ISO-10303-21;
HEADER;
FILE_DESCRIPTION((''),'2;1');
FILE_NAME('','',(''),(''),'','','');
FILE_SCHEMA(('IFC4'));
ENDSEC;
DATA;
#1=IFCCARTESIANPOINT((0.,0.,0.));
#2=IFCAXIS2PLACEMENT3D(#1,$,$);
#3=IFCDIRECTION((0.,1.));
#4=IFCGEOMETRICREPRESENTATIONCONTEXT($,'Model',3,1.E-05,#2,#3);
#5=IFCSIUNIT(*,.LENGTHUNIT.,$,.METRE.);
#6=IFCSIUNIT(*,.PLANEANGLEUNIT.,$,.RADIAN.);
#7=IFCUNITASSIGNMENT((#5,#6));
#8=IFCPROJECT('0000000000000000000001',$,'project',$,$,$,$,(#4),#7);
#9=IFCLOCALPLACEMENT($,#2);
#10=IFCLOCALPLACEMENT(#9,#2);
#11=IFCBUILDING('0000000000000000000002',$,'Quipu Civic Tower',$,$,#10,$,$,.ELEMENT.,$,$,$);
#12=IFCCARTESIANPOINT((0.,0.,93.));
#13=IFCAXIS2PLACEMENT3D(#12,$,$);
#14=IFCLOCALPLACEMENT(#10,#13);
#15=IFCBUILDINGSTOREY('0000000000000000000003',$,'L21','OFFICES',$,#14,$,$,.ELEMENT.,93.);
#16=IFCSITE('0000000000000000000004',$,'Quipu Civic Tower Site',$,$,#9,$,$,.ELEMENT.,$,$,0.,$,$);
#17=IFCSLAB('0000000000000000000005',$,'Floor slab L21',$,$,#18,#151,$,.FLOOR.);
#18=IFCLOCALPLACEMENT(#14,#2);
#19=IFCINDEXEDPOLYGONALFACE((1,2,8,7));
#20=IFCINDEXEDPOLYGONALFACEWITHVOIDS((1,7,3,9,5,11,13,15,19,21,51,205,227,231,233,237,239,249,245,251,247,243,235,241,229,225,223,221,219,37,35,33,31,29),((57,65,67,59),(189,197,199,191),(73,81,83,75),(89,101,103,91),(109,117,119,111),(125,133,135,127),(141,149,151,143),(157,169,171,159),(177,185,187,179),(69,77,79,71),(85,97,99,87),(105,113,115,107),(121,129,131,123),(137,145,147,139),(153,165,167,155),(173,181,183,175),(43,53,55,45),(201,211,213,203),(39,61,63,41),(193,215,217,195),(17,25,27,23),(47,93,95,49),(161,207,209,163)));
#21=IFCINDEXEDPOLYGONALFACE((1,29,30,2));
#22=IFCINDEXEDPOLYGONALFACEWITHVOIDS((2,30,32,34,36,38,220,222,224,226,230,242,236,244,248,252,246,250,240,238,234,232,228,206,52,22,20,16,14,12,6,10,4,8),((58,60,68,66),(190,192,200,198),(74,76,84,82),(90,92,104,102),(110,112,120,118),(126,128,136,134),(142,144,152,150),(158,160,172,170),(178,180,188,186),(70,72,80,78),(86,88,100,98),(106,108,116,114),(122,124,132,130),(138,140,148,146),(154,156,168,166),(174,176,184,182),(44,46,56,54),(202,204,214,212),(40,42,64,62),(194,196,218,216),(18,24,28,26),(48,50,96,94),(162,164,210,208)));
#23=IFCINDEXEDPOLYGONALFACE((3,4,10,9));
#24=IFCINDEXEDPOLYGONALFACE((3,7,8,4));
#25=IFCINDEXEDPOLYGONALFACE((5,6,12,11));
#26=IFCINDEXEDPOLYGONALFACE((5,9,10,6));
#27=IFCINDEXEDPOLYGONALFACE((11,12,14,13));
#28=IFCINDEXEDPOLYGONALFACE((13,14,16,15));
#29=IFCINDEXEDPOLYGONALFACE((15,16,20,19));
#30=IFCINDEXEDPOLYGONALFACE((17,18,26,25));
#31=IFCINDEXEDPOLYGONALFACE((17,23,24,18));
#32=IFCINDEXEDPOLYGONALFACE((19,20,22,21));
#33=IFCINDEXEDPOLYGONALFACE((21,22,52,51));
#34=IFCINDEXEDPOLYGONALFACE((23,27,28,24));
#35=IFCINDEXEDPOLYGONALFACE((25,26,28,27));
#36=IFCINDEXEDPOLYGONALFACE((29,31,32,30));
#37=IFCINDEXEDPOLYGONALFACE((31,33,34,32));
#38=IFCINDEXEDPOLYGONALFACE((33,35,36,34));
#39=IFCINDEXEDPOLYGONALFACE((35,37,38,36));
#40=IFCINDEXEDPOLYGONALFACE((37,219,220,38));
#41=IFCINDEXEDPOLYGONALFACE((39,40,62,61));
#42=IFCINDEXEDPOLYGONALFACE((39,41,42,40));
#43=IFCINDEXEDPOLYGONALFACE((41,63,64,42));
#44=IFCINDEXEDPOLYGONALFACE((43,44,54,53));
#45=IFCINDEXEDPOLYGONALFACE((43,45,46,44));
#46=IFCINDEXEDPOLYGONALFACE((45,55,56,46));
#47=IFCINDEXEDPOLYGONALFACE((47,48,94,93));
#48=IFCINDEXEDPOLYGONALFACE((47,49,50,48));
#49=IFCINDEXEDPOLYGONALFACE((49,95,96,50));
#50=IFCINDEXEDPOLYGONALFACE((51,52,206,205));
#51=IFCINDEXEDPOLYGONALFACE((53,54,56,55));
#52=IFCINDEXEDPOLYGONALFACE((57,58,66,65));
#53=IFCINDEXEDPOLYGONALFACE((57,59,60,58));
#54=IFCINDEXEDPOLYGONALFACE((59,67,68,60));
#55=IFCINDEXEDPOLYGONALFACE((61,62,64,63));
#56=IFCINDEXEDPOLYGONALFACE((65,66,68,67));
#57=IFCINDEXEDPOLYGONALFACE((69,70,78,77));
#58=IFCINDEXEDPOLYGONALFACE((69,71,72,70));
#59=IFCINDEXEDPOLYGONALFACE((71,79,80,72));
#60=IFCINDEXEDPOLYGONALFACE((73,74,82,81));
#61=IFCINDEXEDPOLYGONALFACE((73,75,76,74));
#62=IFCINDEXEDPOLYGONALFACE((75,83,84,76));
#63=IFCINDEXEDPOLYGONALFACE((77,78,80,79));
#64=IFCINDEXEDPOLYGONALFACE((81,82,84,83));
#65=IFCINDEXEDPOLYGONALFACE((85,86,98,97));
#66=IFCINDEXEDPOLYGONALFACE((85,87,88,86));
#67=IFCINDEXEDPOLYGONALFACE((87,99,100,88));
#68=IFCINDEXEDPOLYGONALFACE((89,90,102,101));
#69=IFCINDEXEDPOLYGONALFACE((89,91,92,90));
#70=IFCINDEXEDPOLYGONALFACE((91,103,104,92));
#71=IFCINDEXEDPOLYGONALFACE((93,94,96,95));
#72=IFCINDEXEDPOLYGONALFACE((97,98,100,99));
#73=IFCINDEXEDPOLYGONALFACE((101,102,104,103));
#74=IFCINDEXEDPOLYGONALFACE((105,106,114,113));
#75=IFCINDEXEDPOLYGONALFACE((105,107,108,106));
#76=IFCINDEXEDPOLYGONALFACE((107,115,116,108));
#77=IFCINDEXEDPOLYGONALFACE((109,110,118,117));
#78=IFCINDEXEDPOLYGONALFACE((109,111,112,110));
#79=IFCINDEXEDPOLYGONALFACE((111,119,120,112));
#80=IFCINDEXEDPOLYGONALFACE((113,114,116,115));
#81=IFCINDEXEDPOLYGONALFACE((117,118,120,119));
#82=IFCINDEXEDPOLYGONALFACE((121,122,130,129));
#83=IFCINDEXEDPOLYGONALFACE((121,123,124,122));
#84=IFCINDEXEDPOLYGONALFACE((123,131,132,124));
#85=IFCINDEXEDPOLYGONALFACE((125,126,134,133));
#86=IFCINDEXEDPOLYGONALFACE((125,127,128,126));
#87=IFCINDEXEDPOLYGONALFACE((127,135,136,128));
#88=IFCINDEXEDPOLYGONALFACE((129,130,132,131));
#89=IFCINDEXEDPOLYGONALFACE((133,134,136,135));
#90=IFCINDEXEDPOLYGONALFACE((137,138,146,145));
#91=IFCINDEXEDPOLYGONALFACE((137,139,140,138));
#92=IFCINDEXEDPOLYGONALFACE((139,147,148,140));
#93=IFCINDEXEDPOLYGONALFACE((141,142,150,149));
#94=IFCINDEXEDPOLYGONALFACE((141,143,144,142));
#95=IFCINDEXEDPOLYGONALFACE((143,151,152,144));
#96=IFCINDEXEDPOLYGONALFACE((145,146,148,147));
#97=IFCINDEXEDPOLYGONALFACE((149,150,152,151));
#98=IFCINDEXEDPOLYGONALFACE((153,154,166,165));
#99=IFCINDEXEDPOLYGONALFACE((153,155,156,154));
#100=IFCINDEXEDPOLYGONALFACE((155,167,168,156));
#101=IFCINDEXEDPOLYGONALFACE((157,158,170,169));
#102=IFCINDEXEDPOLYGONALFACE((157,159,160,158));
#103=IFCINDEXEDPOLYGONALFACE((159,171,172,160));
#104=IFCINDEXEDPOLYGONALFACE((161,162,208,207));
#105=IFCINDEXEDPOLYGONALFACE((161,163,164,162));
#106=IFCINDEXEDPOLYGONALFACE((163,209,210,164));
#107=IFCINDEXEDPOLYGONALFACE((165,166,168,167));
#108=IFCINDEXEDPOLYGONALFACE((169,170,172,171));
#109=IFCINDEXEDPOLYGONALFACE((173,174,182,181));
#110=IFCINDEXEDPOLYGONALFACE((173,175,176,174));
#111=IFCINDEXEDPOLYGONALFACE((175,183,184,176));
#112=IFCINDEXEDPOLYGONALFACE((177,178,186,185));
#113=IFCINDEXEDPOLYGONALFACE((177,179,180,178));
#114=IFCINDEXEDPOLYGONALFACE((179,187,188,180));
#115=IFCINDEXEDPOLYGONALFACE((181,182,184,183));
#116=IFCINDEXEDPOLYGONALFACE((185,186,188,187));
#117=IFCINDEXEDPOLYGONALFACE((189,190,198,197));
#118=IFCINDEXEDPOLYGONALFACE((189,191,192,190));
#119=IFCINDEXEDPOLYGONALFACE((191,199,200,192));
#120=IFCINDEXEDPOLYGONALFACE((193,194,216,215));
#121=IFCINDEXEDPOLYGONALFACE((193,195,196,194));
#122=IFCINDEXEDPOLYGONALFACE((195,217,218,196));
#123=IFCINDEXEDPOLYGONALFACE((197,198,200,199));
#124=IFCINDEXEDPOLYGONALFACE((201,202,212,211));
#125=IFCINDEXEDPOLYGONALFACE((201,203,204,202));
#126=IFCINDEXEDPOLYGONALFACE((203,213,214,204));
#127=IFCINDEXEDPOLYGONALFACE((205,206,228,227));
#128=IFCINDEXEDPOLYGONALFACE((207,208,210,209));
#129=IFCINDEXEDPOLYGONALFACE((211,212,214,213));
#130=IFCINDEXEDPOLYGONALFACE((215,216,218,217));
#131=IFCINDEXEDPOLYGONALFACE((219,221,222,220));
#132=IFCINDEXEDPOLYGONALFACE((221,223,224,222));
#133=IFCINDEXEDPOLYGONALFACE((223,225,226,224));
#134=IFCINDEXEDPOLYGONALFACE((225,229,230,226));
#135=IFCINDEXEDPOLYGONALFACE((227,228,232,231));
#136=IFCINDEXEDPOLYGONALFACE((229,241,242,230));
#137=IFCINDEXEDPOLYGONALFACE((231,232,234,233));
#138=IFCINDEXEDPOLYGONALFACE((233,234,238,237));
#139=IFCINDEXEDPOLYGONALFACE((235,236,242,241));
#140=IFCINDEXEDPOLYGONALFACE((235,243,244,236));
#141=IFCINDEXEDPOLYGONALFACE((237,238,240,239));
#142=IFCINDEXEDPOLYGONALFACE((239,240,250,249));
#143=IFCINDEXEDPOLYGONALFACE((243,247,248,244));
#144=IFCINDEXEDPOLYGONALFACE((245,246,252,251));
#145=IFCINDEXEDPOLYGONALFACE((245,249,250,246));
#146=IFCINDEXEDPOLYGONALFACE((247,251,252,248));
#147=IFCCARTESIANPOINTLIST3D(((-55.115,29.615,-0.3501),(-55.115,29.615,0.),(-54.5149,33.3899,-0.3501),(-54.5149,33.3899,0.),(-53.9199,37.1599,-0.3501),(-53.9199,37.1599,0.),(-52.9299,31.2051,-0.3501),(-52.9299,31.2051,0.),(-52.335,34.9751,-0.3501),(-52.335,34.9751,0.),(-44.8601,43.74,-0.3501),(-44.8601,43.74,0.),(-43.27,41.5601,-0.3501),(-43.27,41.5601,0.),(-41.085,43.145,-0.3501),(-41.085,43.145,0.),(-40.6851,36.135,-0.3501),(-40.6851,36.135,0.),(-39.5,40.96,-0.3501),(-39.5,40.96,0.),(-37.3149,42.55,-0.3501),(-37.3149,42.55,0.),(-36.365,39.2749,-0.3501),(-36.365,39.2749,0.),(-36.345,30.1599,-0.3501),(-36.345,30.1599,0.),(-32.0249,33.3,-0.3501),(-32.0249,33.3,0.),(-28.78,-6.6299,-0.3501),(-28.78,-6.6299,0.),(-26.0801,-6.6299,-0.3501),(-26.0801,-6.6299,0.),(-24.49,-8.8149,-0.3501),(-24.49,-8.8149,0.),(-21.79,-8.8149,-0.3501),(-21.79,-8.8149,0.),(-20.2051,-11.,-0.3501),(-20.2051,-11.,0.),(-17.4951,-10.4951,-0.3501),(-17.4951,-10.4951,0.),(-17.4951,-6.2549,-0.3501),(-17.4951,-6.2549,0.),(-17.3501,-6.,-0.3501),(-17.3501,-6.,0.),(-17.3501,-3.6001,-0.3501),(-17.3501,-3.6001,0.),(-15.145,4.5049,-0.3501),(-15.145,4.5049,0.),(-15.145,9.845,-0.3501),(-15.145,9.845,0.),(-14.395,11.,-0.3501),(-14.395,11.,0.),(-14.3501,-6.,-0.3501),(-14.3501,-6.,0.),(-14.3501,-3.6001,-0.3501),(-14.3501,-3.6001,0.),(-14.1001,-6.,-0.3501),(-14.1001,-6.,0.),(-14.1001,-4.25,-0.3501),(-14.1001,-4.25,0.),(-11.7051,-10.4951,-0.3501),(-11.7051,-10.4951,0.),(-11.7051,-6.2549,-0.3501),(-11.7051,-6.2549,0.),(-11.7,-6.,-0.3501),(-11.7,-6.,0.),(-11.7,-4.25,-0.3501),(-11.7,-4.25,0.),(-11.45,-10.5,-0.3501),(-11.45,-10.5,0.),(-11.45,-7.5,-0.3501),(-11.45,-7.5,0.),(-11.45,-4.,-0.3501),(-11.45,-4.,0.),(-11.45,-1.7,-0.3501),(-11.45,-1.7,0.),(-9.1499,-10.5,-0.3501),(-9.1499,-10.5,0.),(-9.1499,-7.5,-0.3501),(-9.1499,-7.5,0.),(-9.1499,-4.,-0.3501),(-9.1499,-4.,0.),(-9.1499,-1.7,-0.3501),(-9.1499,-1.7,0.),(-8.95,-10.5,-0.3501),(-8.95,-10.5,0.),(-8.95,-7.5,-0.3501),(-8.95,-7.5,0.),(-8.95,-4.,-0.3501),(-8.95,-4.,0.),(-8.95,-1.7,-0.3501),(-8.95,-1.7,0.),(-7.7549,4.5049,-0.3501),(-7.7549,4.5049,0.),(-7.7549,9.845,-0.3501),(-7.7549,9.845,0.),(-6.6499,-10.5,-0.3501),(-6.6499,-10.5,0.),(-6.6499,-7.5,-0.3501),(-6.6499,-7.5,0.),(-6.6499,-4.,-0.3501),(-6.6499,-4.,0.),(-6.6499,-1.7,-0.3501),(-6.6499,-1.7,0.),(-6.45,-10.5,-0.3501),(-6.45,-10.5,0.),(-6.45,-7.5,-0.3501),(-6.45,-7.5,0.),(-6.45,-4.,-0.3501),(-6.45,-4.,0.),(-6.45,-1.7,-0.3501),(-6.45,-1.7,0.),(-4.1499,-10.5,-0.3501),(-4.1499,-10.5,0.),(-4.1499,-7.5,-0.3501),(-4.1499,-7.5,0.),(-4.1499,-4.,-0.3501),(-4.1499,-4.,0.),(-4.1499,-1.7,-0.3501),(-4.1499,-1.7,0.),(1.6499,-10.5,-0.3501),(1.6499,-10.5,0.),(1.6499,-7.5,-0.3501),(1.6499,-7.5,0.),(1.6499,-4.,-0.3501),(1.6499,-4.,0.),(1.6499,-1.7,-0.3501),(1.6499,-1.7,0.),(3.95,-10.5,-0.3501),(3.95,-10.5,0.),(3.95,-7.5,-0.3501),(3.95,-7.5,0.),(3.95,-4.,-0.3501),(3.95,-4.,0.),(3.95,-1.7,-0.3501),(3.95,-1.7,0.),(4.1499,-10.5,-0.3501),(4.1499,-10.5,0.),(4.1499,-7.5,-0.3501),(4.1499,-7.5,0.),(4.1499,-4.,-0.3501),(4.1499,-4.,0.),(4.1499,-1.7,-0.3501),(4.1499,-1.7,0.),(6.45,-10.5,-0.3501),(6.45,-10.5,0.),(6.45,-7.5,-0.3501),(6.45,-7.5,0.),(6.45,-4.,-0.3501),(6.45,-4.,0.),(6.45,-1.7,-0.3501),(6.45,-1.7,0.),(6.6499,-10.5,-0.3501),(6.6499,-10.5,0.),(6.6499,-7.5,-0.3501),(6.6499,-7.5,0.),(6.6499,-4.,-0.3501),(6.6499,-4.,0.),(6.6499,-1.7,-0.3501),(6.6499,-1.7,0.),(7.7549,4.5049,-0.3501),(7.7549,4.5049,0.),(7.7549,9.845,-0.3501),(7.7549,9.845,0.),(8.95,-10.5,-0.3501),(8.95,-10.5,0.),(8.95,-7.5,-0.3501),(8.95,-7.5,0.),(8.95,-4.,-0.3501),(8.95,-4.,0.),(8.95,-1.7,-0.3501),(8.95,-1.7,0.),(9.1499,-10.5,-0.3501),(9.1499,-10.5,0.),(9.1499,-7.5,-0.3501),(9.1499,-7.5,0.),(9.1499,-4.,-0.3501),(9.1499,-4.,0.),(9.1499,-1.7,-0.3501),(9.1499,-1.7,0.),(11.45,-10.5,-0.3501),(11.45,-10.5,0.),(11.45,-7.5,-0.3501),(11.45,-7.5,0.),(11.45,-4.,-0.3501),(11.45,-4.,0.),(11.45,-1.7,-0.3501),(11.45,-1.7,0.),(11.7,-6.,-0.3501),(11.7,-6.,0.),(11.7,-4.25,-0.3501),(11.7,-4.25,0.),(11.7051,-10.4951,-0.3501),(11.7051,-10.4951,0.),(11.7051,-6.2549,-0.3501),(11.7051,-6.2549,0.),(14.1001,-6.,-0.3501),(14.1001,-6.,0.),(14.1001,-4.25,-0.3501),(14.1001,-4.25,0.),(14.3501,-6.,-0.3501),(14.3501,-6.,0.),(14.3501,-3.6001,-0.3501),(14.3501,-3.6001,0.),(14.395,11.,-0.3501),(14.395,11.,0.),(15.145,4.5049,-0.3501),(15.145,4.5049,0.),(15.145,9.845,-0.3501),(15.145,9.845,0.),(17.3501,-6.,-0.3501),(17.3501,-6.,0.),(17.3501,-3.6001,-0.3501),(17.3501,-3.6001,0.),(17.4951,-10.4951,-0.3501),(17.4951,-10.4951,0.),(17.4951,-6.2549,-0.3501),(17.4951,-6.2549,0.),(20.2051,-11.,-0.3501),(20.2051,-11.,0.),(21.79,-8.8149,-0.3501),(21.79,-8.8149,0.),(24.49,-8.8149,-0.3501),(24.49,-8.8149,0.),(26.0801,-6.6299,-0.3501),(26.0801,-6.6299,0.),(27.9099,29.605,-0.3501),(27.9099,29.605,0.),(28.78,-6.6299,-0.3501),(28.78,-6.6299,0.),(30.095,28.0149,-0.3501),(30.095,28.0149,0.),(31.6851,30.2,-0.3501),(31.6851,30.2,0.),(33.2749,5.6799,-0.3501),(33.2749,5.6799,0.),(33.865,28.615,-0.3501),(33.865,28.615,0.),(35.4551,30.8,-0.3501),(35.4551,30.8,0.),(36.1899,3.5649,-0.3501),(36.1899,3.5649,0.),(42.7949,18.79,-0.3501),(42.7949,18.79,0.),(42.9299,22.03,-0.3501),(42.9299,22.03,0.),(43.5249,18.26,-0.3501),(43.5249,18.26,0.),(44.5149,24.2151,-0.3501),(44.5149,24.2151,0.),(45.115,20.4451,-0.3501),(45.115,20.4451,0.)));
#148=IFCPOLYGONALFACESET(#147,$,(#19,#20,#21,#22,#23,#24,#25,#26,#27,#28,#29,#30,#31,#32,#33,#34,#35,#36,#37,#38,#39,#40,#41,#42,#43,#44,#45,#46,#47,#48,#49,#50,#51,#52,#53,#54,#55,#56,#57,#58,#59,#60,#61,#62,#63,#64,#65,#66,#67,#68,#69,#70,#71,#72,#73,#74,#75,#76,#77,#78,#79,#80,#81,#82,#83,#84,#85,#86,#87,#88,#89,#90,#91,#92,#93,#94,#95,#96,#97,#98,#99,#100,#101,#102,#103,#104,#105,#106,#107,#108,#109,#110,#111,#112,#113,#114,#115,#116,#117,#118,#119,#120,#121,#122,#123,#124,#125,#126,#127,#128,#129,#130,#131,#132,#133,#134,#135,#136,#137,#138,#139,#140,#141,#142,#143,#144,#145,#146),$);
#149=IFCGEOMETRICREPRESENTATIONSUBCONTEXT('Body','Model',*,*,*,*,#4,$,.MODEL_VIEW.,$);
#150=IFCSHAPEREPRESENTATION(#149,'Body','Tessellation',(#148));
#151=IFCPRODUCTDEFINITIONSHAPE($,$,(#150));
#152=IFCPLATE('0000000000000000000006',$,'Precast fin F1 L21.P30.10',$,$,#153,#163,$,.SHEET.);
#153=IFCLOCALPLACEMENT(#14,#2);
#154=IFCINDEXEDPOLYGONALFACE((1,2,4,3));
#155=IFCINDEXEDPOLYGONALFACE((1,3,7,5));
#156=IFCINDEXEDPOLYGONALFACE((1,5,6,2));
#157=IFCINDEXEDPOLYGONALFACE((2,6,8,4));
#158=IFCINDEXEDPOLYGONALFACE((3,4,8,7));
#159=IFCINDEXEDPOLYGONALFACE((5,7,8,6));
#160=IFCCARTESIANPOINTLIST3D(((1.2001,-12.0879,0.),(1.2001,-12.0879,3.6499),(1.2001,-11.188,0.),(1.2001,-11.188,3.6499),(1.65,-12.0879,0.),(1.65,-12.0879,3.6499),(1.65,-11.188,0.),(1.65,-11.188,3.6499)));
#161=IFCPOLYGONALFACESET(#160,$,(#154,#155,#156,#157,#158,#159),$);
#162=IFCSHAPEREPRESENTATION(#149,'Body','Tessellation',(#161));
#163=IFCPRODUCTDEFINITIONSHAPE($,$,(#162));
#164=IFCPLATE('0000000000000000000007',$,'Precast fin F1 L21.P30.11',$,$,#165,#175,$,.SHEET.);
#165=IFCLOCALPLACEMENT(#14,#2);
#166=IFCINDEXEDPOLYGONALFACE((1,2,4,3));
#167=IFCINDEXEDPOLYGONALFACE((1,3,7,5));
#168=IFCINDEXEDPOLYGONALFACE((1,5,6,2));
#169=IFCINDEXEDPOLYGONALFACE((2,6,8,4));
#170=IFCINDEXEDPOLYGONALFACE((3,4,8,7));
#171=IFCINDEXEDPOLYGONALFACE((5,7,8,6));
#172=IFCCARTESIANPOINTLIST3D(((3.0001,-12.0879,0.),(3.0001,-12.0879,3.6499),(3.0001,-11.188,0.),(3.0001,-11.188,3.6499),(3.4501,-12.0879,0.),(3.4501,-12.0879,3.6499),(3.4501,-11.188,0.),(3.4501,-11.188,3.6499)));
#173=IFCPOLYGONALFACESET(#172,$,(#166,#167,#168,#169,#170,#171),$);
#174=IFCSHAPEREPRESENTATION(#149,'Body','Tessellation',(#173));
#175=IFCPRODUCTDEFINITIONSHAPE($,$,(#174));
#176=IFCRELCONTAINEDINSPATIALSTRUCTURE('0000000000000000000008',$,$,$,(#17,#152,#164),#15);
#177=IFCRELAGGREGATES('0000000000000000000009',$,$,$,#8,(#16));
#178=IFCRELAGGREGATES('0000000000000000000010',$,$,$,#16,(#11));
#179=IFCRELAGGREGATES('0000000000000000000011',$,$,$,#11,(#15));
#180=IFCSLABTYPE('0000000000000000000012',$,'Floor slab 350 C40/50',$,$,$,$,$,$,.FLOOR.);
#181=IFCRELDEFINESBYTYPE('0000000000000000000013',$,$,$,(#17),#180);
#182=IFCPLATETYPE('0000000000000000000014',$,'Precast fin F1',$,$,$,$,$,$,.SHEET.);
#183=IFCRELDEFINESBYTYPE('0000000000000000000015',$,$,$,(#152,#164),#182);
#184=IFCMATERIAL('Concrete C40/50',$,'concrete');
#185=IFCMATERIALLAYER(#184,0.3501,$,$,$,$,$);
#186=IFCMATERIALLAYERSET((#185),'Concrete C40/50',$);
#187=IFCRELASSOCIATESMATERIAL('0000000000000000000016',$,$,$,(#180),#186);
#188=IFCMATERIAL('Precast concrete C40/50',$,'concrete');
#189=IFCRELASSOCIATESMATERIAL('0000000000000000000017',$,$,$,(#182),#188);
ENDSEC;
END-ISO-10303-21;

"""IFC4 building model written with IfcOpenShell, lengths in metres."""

from ifc_helpers import new_model, si_unit, direction, frame, origin, origin_2d, place, context, subcontext, project, spatial, polyline, rectangle, outline, extrude, material, layer, layer_set, type_object, element, save


model = new_model("IFC4")

# Units and contexts
model_context = context("Model", 3, precision=1e-05, world=origin(), true_north=direction((0.0, 1.0)))
body_context = subcontext(model_context, "Body", "Model", "MODEL_VIEW")
ifc_project = project(units=[si_unit("LENGTHUNIT", "METRE"), si_unit("PLANEANGLEUNIT", "RADIAN")], contexts=[model_context])

# Site, building, storey
site_placement = place(None, origin())
site = spatial("IfcSite", under=ifc_project, at=site_placement, Name="Quipu Civic Tower Site", CompositionType="ELEMENT", RefElevation=0.0)
building_placement = place(site_placement, origin())
building = spatial("IfcBuilding", under=site, at=building_placement, Name="Quipu Civic Tower", CompositionType="ELEMENT")
storey_placement = place(building_placement, frame((0.0, 0.0, 93.0)))
storey = spatial("IfcBuildingStorey", under=building, at=storey_placement, Name="L21", Description="OFFICES", CompositionType="ELEMENT", Elevation=93.0)

# Slab
ifc_material_1 = material(Name="Concrete C40/50", Category="concrete")
ifc_layer_1 = layer(ifc_material_1, 0.3501)
ifc_layer_set_1 = layer_set([ifc_layer_1], Name="Concrete C40/50")
slab_type_1 = type_object("IfcSlabType", Name="Floor slab 350 C40/50", PredefinedType="FLOOR", material=ifc_layer_set_1)
slab_1_placement = place(storey_placement, frame((0.0, 0.0, -0.3501)))
element("IfcSlab", 1, at=slab_1_placement, inside=storey, type_object=slab_type_1, Name="Floor slab L21", PredefinedType="FLOOR", context=body_context, shape_type="SweptSolid", body=[
    extrude(outline(polyline([(24.49, -8.8149), (21.79, -8.8149), (20.2051, -11.0), (-20.2051, -11.0), (-21.79, -8.8149), (-24.49, -8.8149), (-26.0801, -6.6299), (-28.78, -6.6299), (-55.115, 29.615), (-52.9299, 31.2051), (-54.5149, 33.3899), (-52.335, 34.9751), (-53.9199, 37.1599), (-44.8601, 43.74), (-43.27, 41.5601), (-41.085, 43.145), (-39.5, 40.96), (-37.3149, 42.55), (-14.395, 11.0), (14.395, 11.0), (27.9099, 29.605), (30.095, 28.0149), (31.6851, 30.2), (33.865, 28.615), (35.4551, 30.8), (44.5149, 24.2151), (42.9299, 22.03), (45.115, 20.4451), (43.5249, 18.26), (42.7949, 18.79), (33.2749, 5.6799), (36.1899, 3.5649), (28.78, -6.6299), (26.0801, -6.6299), (24.49, -8.8149)]), holes=[polyline([(-11.45, -7.5), (-11.45, -10.5), (-9.1499, -10.5), (-9.1499, -7.5), (-11.45, -7.5)]), polyline([(-8.95, -7.5), (-8.95, -10.5), (-6.6499, -10.5), (-6.6499, -7.5), (-8.95, -7.5)]), polyline([(-6.45, -7.5), (-6.45, -10.5), (-4.1499, -10.5), (-4.1499, -7.5), (-6.45, -7.5)]), polyline([(-11.7051, -10.4951), (-11.7051, -6.2549), (-17.4951, -6.2549), (-17.4951, -10.4951), (-11.7051, -10.4951)]), polyline([(-11.7, -4.25), (-14.1001, -4.25), (-14.1001, -6.0), (-11.7, -6.0), (-11.7, -4.25)]), polyline([(-17.3501, -3.6001), (-17.3501, -6.0), (-14.3501, -6.0), (-14.3501, -3.6001), (-17.3501, -3.6001)]), polyline([(-9.1499, -1.7), (-11.45, -1.7), (-11.45, -4.0), (-9.1499, -4.0), (-9.1499, -1.7)]), polyline([(-6.6499, -1.7), (-8.95, -1.7), (-8.95, -4.0), (-6.6499, -4.0), (-6.6499, -1.7)]), polyline([(-6.45, -1.7), (-6.45, -4.0), (-4.1499, -4.0), (-4.1499, -1.7), (-6.45, -1.7)]), polyline([(3.95, -1.7), (1.6499, -1.7), (1.6499, -4.0), (3.95, -4.0), (3.95, -1.7)]), polyline([(-7.7549, 4.5049), (-7.7549, 9.845), (-15.145, 9.845), (-15.145, 4.5049), (-7.7549, 4.5049)]), polyline([(-40.6851, 36.135), (-36.345, 30.1599), (-32.0249, 33.3), (-36.365, 39.2749), (-40.6851, 36.135)]), polyline([(3.95, -7.5), (1.6499, -7.5), (1.6499, -10.5), (3.95, -10.5), (3.95, -7.5)]), polyline([(6.45, -7.5), (4.1499, -7.5), (4.1499, -10.5), (6.45, -10.5), (6.45, -7.5)]), polyline([(6.6499, -7.5), (6.6499, -10.5), (8.95, -10.5), (8.95, -7.5), (6.6499, -7.5)]), polyline([(11.45, -7.5), (9.1499, -7.5), (9.1499, -10.5), (11.45, -10.5), (11.45, -7.5)]), polyline([(11.7051, -6.2549), (11.7051, -10.4951), (17.4951, -10.4951), (17.4951, -6.2549), (11.7051, -6.2549)]), polyline([(11.7, -4.25), (11.7, -6.0), (14.1001, -6.0), (14.1001, -4.25), (11.7, -4.25)]), polyline([(17.3501, -3.6001), (14.3501, -3.6001), (14.3501, -6.0), (17.3501, -6.0), (17.3501, -3.6001)]), polyline([(6.45, -1.7), (4.1499, -1.7), (4.1499, -4.0), (6.45, -4.0), (6.45, -1.7)]), polyline([(6.6499, -1.7), (6.6499, -4.0), (8.95, -4.0), (8.95, -1.7), (6.6499, -1.7)]), polyline([(11.45, -1.7), (9.1499, -1.7), (9.1499, -4.0), (11.45, -4.0), (11.45, -1.7)]), polyline([(7.7549, 9.845), (7.7549, 4.5049), (15.145, 4.5049), (15.145, 9.845), (7.7549, 9.845)])]), origin(), (0.0, 0.0, 1.0), 0.3501),
])

# Plates
ifc_material_2 = material(Name="Precast concrete C40/50", Category="concrete")
plate_type = type_object("IfcPlateType", Name="Precast fin F1", PredefinedType="SHEET", material=ifc_material_2)
for number, where, z_axis, x_axis, name in (
    (2, (1.425, -11.6379, 0.0), (0.0, 0.0, 1.0), (1.0, 0.0, 0.0), "Precast fin F1 L21.P30.10"),
    (3, (3.2251, -11.6379, 0.0), (0.0, 0.0, 1.0), (1.0, 0.0, 0.0), "Precast fin F1 L21.P30.11"),
):
    element("IfcPlate", number, at=place(storey_placement, frame(where, z_axis=z_axis, x_axis=x_axis)), inside=storey, type_object=plate_type, Name=name, PredefinedType="SHEET", context=body_context, shape_type="SweptSolid", body=[
        extrude(rectangle(XDim=0.45, YDim=0.8999, at=origin_2d()), origin(), (0.0, 0.0, 1.0), 3.6499),
    ])

save(model, "model.ifc")
